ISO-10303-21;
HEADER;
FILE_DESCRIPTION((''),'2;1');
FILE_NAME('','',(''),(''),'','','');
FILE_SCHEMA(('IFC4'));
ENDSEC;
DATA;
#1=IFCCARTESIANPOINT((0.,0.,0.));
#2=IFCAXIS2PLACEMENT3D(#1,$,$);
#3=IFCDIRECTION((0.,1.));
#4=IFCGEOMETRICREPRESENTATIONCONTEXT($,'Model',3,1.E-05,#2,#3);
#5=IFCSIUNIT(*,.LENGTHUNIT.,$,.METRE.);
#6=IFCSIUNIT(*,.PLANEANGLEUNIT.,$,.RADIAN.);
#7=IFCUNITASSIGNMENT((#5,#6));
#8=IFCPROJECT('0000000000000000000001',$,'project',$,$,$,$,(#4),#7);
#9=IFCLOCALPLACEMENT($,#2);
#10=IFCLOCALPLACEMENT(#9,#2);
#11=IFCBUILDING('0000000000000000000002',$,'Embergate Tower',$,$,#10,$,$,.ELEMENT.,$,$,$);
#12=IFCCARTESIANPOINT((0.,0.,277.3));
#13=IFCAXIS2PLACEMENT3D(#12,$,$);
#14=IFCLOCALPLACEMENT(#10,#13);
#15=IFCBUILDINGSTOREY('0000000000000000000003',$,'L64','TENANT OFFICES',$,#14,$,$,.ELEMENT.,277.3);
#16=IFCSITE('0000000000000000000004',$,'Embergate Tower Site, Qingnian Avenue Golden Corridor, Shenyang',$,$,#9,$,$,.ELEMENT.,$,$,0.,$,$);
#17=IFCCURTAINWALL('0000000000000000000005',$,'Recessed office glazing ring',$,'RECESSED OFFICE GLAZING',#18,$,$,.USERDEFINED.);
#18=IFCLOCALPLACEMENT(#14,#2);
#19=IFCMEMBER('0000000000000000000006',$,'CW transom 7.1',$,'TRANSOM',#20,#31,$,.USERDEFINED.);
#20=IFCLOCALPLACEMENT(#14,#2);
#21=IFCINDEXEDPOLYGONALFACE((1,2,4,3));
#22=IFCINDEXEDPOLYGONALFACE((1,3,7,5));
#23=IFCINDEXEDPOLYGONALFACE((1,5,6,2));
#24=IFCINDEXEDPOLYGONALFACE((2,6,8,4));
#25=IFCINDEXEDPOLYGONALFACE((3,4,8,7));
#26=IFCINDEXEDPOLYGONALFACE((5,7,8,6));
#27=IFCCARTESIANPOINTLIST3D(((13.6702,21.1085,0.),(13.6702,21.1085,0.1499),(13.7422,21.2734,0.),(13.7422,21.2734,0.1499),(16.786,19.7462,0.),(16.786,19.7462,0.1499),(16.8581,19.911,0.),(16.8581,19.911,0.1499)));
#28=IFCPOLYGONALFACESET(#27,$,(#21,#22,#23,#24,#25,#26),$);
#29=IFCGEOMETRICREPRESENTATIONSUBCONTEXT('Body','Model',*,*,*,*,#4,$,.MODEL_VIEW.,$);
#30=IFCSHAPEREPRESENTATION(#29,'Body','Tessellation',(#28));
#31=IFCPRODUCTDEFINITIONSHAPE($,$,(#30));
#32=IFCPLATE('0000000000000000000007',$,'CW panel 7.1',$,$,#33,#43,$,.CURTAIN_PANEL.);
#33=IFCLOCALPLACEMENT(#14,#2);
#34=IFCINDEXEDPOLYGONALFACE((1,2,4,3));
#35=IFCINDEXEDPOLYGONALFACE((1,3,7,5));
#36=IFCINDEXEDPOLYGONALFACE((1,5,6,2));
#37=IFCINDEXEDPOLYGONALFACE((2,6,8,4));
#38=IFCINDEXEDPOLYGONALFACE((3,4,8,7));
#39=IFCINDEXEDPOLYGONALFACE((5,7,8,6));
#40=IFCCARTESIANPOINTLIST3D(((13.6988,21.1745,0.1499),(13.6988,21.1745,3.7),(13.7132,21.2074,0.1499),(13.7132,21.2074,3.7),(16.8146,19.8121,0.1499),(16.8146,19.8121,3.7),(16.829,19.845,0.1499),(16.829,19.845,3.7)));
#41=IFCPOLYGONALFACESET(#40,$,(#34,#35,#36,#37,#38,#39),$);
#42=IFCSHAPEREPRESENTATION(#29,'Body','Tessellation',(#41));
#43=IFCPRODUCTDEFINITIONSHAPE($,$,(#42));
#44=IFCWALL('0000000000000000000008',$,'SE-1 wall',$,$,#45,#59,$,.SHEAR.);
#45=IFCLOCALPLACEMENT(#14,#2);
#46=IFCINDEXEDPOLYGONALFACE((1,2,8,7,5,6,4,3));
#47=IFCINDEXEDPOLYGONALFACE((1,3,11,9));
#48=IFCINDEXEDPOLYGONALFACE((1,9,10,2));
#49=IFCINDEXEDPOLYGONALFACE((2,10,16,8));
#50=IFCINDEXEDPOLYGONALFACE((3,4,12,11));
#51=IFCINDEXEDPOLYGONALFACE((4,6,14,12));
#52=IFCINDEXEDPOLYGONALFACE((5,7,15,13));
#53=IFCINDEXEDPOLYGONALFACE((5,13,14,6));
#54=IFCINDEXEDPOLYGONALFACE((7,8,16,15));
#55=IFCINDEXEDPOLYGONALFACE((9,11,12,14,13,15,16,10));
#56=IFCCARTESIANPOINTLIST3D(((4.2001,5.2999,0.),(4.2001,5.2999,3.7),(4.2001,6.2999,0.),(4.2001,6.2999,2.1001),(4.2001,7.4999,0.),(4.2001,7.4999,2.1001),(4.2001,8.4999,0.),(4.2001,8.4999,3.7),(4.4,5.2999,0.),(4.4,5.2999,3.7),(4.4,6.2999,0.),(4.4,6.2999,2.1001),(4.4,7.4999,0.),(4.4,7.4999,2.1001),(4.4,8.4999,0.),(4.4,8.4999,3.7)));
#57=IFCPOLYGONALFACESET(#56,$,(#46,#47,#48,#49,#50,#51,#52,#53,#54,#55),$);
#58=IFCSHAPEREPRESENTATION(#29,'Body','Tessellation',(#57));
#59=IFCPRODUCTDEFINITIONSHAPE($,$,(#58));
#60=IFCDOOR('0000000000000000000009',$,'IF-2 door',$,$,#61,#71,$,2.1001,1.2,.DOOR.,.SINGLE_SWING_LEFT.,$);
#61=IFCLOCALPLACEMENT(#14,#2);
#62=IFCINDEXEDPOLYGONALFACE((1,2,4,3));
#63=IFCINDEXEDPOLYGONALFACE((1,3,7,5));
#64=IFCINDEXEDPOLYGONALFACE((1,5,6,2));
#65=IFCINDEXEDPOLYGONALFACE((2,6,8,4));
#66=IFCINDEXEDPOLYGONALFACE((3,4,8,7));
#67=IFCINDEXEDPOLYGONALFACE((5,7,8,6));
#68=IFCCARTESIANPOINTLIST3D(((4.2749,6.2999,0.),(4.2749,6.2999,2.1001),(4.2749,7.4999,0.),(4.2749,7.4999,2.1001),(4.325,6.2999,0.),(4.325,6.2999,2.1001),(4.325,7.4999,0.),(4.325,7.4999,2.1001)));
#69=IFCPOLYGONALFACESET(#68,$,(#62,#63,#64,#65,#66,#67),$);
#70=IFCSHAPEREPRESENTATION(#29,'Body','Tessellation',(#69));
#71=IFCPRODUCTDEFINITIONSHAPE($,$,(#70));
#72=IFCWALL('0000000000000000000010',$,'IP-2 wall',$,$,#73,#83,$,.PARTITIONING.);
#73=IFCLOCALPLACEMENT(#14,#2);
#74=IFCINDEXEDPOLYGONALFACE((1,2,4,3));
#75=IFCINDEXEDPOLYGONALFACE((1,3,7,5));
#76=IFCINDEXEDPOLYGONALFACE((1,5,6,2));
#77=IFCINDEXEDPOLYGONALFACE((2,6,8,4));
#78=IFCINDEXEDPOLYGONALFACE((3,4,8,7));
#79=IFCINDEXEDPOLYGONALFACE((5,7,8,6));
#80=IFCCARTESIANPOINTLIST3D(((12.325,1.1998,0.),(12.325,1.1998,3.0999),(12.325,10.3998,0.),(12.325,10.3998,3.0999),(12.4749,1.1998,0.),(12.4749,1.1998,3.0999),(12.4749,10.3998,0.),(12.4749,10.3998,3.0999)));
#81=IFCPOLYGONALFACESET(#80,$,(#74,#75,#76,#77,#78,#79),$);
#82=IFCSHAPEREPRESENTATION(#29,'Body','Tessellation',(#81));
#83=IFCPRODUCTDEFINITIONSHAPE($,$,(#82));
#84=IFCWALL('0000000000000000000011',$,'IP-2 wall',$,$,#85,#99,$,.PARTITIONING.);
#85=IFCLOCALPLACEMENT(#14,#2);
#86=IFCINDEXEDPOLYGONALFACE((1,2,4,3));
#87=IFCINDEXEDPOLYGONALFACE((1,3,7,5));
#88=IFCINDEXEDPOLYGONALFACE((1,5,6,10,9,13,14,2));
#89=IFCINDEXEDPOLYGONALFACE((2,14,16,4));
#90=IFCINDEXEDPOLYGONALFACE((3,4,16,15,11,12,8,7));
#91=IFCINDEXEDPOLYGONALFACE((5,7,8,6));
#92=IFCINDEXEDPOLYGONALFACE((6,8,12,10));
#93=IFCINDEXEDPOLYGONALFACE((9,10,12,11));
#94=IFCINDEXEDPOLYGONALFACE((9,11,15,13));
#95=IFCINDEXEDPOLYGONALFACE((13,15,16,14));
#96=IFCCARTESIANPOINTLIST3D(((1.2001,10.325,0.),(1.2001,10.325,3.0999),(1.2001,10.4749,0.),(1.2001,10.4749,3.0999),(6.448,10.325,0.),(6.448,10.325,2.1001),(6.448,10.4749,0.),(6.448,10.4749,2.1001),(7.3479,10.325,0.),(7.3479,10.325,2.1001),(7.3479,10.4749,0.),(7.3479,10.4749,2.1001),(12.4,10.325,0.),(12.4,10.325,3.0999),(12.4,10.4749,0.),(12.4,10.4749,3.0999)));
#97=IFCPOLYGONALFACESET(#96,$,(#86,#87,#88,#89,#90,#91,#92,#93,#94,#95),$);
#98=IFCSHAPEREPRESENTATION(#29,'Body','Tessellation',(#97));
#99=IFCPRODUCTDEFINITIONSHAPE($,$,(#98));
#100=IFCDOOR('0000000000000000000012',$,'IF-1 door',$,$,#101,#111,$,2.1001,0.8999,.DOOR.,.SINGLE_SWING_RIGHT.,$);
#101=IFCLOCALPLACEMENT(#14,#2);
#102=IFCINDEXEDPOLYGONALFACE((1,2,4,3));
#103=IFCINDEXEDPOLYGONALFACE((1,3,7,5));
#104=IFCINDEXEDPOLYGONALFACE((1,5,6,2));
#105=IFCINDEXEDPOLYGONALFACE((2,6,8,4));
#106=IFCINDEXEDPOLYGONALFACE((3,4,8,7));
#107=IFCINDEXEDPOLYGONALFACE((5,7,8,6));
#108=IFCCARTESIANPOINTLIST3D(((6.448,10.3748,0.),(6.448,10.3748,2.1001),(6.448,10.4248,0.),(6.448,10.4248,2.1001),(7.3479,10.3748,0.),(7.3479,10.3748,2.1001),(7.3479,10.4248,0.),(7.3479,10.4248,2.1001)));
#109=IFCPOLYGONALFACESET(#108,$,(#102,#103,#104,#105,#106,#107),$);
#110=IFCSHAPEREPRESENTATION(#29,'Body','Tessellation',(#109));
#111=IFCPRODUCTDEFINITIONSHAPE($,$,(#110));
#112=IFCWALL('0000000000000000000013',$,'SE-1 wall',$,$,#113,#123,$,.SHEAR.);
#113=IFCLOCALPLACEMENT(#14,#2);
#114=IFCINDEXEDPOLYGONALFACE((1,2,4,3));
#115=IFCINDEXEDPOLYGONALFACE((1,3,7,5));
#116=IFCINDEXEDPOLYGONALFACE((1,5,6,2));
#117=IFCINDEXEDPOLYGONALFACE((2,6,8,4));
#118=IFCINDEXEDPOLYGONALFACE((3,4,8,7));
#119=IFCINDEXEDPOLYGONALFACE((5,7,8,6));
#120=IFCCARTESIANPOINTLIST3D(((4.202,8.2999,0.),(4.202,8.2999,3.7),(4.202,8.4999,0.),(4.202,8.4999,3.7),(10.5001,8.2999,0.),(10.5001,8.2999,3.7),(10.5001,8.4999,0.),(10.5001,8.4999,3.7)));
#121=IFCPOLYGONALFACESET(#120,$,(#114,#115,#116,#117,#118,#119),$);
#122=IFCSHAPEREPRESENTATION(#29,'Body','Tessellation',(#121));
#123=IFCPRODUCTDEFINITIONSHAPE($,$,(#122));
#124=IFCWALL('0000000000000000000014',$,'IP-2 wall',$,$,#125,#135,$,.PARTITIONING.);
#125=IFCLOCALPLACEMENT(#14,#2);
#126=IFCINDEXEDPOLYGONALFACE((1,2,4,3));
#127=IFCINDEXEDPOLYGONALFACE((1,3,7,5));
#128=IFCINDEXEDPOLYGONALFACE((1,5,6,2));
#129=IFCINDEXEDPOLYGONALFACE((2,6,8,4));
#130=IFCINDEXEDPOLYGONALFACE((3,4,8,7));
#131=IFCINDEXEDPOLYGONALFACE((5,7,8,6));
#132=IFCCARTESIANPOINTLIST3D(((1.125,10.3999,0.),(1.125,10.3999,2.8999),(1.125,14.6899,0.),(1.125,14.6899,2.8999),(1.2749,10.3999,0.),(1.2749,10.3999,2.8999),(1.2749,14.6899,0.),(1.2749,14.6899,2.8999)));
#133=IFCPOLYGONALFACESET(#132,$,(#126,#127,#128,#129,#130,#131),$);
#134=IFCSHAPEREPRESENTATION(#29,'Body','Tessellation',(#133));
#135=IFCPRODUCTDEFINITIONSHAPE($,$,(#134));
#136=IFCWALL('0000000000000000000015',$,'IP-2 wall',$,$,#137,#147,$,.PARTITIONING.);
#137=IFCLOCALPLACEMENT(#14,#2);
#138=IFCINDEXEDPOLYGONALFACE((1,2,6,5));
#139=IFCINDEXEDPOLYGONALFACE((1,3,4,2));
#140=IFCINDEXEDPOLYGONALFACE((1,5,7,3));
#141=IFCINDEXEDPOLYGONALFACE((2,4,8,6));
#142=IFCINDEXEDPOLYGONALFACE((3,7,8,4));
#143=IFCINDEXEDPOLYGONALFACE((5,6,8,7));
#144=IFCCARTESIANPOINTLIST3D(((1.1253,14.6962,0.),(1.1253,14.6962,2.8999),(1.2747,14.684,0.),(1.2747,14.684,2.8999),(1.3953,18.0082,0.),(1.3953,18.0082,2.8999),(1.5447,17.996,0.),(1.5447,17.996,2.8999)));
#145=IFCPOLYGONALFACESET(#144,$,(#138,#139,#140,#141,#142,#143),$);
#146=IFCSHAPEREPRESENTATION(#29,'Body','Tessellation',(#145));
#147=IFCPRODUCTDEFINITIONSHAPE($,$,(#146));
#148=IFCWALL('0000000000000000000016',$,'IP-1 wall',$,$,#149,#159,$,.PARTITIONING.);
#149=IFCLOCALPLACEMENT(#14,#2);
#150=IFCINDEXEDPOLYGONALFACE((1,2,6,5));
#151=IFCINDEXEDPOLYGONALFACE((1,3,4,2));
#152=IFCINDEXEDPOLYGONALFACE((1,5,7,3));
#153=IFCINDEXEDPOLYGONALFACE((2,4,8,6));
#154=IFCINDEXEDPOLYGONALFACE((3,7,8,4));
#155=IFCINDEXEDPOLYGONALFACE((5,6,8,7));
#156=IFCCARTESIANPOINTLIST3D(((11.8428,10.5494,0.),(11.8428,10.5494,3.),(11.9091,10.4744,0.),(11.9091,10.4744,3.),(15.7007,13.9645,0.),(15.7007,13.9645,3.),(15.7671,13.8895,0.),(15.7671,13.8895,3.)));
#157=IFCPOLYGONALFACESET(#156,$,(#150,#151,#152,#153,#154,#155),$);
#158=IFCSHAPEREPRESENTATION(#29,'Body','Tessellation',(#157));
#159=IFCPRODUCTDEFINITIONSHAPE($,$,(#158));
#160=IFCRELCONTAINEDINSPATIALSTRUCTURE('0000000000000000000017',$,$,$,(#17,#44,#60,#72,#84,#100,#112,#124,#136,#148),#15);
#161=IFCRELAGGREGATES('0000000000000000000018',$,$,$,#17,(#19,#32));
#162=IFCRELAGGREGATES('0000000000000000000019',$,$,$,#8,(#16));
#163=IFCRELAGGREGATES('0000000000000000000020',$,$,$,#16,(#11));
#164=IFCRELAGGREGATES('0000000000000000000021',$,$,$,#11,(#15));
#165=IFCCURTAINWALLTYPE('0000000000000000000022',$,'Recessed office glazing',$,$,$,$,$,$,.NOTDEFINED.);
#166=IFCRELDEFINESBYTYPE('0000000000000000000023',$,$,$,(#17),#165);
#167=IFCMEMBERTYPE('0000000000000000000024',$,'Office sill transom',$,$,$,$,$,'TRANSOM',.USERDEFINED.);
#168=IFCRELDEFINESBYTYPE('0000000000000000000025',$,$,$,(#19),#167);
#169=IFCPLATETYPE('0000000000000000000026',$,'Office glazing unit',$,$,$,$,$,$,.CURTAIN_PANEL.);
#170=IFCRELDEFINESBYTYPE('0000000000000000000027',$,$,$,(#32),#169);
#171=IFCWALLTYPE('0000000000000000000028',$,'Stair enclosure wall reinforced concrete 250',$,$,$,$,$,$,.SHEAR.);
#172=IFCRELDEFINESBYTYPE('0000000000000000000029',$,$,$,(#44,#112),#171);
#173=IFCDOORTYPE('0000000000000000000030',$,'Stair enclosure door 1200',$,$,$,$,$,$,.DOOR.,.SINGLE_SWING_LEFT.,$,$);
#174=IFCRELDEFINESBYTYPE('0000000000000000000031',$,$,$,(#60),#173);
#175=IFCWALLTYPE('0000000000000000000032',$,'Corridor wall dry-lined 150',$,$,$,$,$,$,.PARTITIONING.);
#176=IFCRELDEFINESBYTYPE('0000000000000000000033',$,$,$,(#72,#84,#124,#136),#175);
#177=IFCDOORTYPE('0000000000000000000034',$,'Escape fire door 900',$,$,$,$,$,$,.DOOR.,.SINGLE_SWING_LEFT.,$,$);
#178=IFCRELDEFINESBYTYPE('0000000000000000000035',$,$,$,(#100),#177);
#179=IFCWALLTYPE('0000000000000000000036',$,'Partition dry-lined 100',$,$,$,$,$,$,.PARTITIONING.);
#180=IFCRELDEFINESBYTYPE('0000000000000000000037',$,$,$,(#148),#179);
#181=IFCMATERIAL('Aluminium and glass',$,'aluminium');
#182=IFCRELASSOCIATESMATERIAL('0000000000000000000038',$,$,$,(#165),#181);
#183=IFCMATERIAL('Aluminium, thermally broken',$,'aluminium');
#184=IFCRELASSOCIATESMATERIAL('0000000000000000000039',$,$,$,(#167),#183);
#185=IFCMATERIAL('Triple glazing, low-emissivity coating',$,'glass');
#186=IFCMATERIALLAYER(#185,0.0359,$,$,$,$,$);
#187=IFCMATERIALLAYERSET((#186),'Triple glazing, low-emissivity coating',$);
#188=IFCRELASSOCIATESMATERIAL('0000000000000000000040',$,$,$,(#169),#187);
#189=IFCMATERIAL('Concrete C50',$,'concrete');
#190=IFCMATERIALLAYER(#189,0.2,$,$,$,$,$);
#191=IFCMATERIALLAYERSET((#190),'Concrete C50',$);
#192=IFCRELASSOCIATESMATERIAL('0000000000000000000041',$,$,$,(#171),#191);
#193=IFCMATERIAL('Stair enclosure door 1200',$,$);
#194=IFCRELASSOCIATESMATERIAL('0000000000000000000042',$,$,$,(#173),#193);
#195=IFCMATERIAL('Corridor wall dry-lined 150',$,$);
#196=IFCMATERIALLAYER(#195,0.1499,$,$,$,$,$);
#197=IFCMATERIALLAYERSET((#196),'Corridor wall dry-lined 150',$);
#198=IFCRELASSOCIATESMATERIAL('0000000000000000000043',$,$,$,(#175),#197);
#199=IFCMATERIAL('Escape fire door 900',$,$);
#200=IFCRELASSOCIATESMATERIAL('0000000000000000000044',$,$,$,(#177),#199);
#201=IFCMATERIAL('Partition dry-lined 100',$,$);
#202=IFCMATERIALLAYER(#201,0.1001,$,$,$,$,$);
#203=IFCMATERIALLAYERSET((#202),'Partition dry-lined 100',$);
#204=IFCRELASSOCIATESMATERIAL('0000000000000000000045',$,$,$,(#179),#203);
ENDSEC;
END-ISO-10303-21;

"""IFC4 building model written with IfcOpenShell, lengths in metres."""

from ifc_helpers import new_model, si_unit, direction, frame, frame_2d, origin, origin_2d, place, context, subcontext, project, spatial, rectangle, extrude, source, transform, mapped, material, layer, layer_set, material_profile, profile_set, type_object, element, fill, aggregate, save


model = new_model("IFC4")

# Units and contexts
model_context = context("Model", 3, precision=1e-05, world=origin(), true_north=direction((0.0, 1.0)))
body_context = subcontext(model_context, "Body", "Model", "MODEL_VIEW")
ifc_project = project(units=[si_unit("LENGTHUNIT", "METRE"), si_unit("PLANEANGLEUNIT", "RADIAN")], contexts=[model_context])

# Site, building, storey
site_placement = place(None, origin())
site = spatial("IfcSite", under=ifc_project, at=site_placement, Name="Embergate Tower Site, Qingnian Avenue Golden Corridor, Shenyang", CompositionType="ELEMENT", RefElevation=0.0)
building_placement = place(site_placement, origin())
building = spatial("IfcBuilding", under=site, at=building_placement, Name="Embergate Tower", CompositionType="ELEMENT")
storey_placement = place(building_placement, frame((0.0, 0.0, 277.3)))
storey = spatial("IfcBuildingStorey", under=building, at=storey_placement, Name="L64", Description="TENANT OFFICES", CompositionType="ELEMENT", Elevation=277.3)

# Curtain wall, member, plate
ifc_material_1 = material(Name="Aluminium and glass", Category="aluminium")
curtain_wall_type = type_object("IfcCurtainWallType", Name="Recessed office glazing", PredefinedType="NOTDEFINED", material=ifc_material_1)
curtain_wall_placement = place(storey_placement, origin())
curtain_wall = element("IfcCurtainWall", 1, at=curtain_wall_placement, inside=storey, type_object=curtain_wall_type, Name="Recessed office glazing ring", ObjectType="RECESSED OFFICE GLAZING", PredefinedType="USERDEFINED")
ifc_material_2 = material(Name="Aluminium, thermally broken", Category="aluminium")
ifc_material_profile = material_profile(ifc_material_2, rectangle(XDim=0.1799, YDim=0.1499, at=origin_2d()), Name="AL 150x180")
ifc_profile_set = profile_set([ifc_material_profile], Name="Aluminium, thermally broken")
member_type = type_object("IfcMemberType", Name="Office sill transom", ElementType="TRANSOM", PredefinedType="USERDEFINED", material=ifc_profile_set)
shared_shape_1 = source(origin(), body_context, "Body", "SweptSolid", [
    extrude(rectangle(XDim=0.1799, YDim=0.1499, at=origin_2d()), origin(), (0.0, 0.0, 1.0), 3.4006),
])
member_placement = place(storey_placement, frame((16.822, 19.8286, 0.075), z_axis=(-0.916246, 0.400615, 0.0), x_axis=(-0.400615, -0.916246, 0.0)))
member = element("IfcMember", 2, at=member_placement, type_object=member_type, Name="CW transom 7.1", ObjectType="TRANSOM", PredefinedType="USERDEFINED", context=body_context, shape_type="MappedRepresentation", body=[
    mapped(shared_shape_1, transform((0.0, 0.0, 0.0))),
])
ifc_material_3 = material(Name="Triple glazing, low-emissivity coating", Category="glass")
ifc_layer_1 = layer(ifc_material_3, 0.0359)
ifc_layer_set_1 = layer_set([ifc_layer_1], Name="Triple glazing, low-emissivity coating")
plate_type = type_object("IfcPlateType", Name="Office glazing unit", PredefinedType="CURTAIN_PANEL", material=ifc_layer_set_1)
shared_shape_2 = source(origin(), body_context, "Body", "SweptSolid", [
    extrude(rectangle(XDim=3.4006, YDim=0.0359, at=origin_2d()), origin(), (0.0, 0.0, 1.0), 3.55),
])
plate_placement = place(storey_placement, frame((15.2639, 20.5098, 0.1499), z_axis=(0.0, 0.0, 1.0), x_axis=(-0.916237, 0.400637, 0.0)))
plate = element("IfcPlate", 3, at=plate_placement, type_object=plate_type, Name="CW panel 7.1", PredefinedType="CURTAIN_PANEL", context=body_context, shape_type="MappedRepresentation", body=[
    mapped(shared_shape_2, transform((0.0, 0.0, 0.0))),
])
aggregate(curtain_wall, [member, plate])

# Wall, opening, door
ifc_material_4 = material(Name="Concrete C50", Category="concrete")
ifc_layer_2 = layer(ifc_material_4, 0.2)
ifc_layer_set_2 = layer_set([ifc_layer_2], Name="Concrete C50")
wall_type_1 = type_object("IfcWallType", Name="Stair enclosure wall reinforced concrete 250", PredefinedType="SHEAR", material=ifc_layer_set_2)
shared_shape_3 = source(origin(), body_context, "Body", "SweptSolid", [
    extrude(rectangle(XDim=3.2, YDim=0.2, at=frame_2d((1.6001, 0.0))), origin(), (0.0, 0.0, 1.0), 3.7),
])
wall_1_placement = place(storey_placement, frame((4.3, 8.5, 0.0), z_axis=(0.0, 0.0, 1.0), x_axis=(0.0, -1.0, 0.0)))
wall_1 = element("IfcWall", 4, at=wall_1_placement, inside=storey, type_object=wall_type_1, Name="SE-1 wall", PredefinedType="SHEAR", context=body_context, shape_type="MappedRepresentation", body=[
    mapped(shared_shape_3, transform((0.0, 0.0, 0.0))),
])
shared_shape_4 = source(origin(), body_context, "Body", "SweptSolid", [
    extrude(rectangle(XDim=1.2, YDim=2.1001, at=frame_2d((0.6001, 1.05))), frame((0.0, 0.1099, 0.0), z_axis=(0.0, -1.0, 0.0), x_axis=(1.0, 0.0, 0.0)), (0.0, 0.0, 1.0), 0.22),
])
opening_1_placement = place(wall_1_placement, frame((1.0, 0.0, 0.0)))
opening_1 = element("IfcOpeningElement", 5, at=opening_1_placement, cuts=wall_1, PredefinedType="OPENING", context=body_context, shape_type="MappedRepresentation", body=[
    mapped(shared_shape_4, transform((0.0, 0.0, 0.0))),
])
ifc_material_5 = material(Name="Stair enclosure door 1200")
door_type_1 = type_object("IfcDoorType", Name="Stair enclosure door 1200", OperationType="SINGLE_SWING_LEFT", PredefinedType="DOOR", material=ifc_material_5)
shared_shape_5 = source(origin(), body_context, "Body", "SweptSolid", [
    extrude(rectangle(XDim=1.2, YDim=2.1001, at=frame_2d((0.6001, 1.05))), frame((0.0, 0.0249, 0.0), z_axis=(0.0, -1.0, 0.0), x_axis=(1.0, 0.0, 0.0)), (0.0, 0.0, 1.0), 0.05),
])
door_1_placement = place(opening_1_placement, origin())
door_1 = element("IfcDoor", 6, at=door_1_placement, inside=storey, type_object=door_type_1, Name="IF-2 door", OperationType="SINGLE_SWING_LEFT", OverallHeight=2.1001, OverallWidth=1.2, PredefinedType="DOOR", context=body_context, shape_type="MappedRepresentation", body=[
    mapped(shared_shape_5, transform((0.0, 0.0, 0.0))),
])
fill(opening_1, door_1)

# Wall
ifc_material_6 = material(Name="Corridor wall dry-lined 150")
ifc_layer_3 = layer(ifc_material_6, 0.1499)
ifc_layer_set_3 = layer_set([ifc_layer_3], Name="Corridor wall dry-lined 150")
wall_type_2 = type_object("IfcWallType", Name="Corridor wall dry-lined 150", PredefinedType="PARTITIONING", material=ifc_layer_set_3)
shared_shape_6 = source(origin(), body_context, "Body", "SweptSolid", [
    extrude(rectangle(XDim=9.2, YDim=0.1499, at=frame_2d((4.6001, 0.0))), origin(), (0.0, 0.0, 1.0), 3.0999),
])
wall_2_placement = place(storey_placement, frame((12.3999, 10.3999, 0.0), z_axis=(0.0, 0.0, 1.0), x_axis=(0.0, -1.0, 0.0)))
element("IfcWall", 7, at=wall_2_placement, inside=storey, type_object=wall_type_2, Name="IP-2 wall", PredefinedType="PARTITIONING", context=body_context, shape_type="MappedRepresentation", body=[
    mapped(shared_shape_6, transform((0.0, 0.0, 0.0))),
])

# Wall, opening, door
shared_shape_7 = source(origin(), body_context, "Body", "SweptSolid", [
    extrude(rectangle(XDim=11.2, YDim=0.1499, at=frame_2d((5.6001, 0.0))), origin(), (0.0, 0.0, 1.0), 3.0999),
])
wall_3_placement = place(storey_placement, frame((1.2, 10.3999, 0.0), z_axis=(0.0, 0.0, 1.0), x_axis=(1.0, 0.0, 0.0)))
wall_3 = element("IfcWall", 8, at=wall_3_placement, inside=storey, type_object=wall_type_2, Name="IP-2 wall", PredefinedType="PARTITIONING", context=body_context, shape_type="MappedRepresentation", body=[
    mapped(shared_shape_7, transform((0.0, 0.0, 0.0))),
])
shared_shape_8 = source(origin(), body_context, "Body", "SweptSolid", [
    extrude(rectangle(XDim=0.8999, YDim=2.1001, at=frame_2d((0.45, 1.05))), frame((0.0, 0.085, 0.0), z_axis=(0.0, -1.0, 0.0), x_axis=(1.0, 0.0, 0.0)), (0.0, 0.0, 1.0), 0.1699),
])
opening_2_placement = place(wall_3_placement, frame((5.248, 0.0, 0.0)))
opening_2 = element("IfcOpeningElement", 9, at=opening_2_placement, cuts=wall_3, PredefinedType="OPENING", context=body_context, shape_type="MappedRepresentation", body=[
    mapped(shared_shape_8, transform((0.0, 0.0, 0.0))),
])
ifc_material_7 = material(Name="Escape fire door 900")
door_type_2 = type_object("IfcDoorType", Name="Escape fire door 900", OperationType="SINGLE_SWING_LEFT", PredefinedType="DOOR", material=ifc_material_7)
shared_shape_9 = source(origin(), body_context, "Body", "SweptSolid", [
    extrude(rectangle(XDim=0.8999, YDim=2.1001, at=frame_2d((0.45, 1.05))), frame((0.0, 0.0249, 0.0), z_axis=(0.0, -1.0, 0.0), x_axis=(1.0, 0.0, 0.0)), (0.0, 0.0, 1.0), 0.05),
])
door_2_placement = place(opening_2_placement, origin())
door_2 = element("IfcDoor", 10, at=door_2_placement, inside=storey, type_object=door_type_2, Name="IF-1 door", OperationType="SINGLE_SWING_RIGHT", OverallHeight=2.1001, OverallWidth=0.8999, PredefinedType="DOOR", context=body_context, shape_type="MappedRepresentation", body=[
    mapped(shared_shape_9, transform((0.0, 0.0, 0.0))),
])
fill(opening_2, door_2)

# Walls
shared_shape_10 = source(origin(), body_context, "Body", "SweptSolid", [
    extrude(rectangle(XDim=6.2981, YDim=0.2, at=frame_2d((3.1489, 0.0))), origin(), (0.0, 0.0, 1.0), 3.7),
])
wall_4_placement = place(storey_placement, frame((10.5, 8.3999, 0.0), z_axis=(0.0, 0.0, 1.0), x_axis=(-1.0, 0.0, 0.0)))
element("IfcWall", 11, at=wall_4_placement, inside=storey, type_object=wall_type_1, Name="SE-1 wall", PredefinedType="SHEAR", context=body_context, shape_type="MappedRepresentation", body=[
    mapped(shared_shape_10, transform((0.0, 0.0, 0.0))),
])
shared_shape_11 = source(origin(), body_context, "Body", "SweptSolid", [
    extrude(rectangle(XDim=4.29, YDim=0.1499, at=frame_2d((2.145, 0.0))), origin(), (0.0, 0.0, 1.0), 2.8999),
])
wall_5_placement = place(storey_placement, frame((1.2, 10.3999, 0.0), z_axis=(0.0, 0.0, 1.0), x_axis=(0.0, 1.0, 0.0)))
element("IfcWall", 12, at=wall_5_placement, inside=storey, type_object=wall_type_2, Name="IP-2 wall", PredefinedType="PARTITIONING", context=body_context, shape_type="MappedRepresentation", body=[
    mapped(shared_shape_11, transform((0.0, 0.0, 0.0))),
])
shared_shape_12 = source(origin(), body_context, "Body", "SweptSolid", [
    extrude(rectangle(XDim=3.323, YDim=0.1499, at=frame_2d((1.6616, 0.0))), origin(), (0.0, 0.0, 1.0), 2.8999),
])
wall_6_placement = place(storey_placement, frame((1.2, 14.6899, 0.0), z_axis=(0.0, 0.0, 1.0), x_axis=(0.081258, 0.996693, 0.0)))
element("IfcWall", 13, at=wall_6_placement, inside=storey, type_object=wall_type_2, Name="IP-2 wall", PredefinedType="PARTITIONING", context=body_context, shape_type="MappedRepresentation", body=[
    mapped(shared_shape_12, transform((0.0, 0.0, 0.0))),
])
ifc_material_8 = material(Name="Partition dry-lined 100")
ifc_layer_4 = layer(ifc_material_8, 0.1001)
ifc_layer_set_4 = layer_set([ifc_layer_4], Name="Partition dry-lined 100")
wall_type_3 = type_object("IfcWallType", Name="Partition dry-lined 100", PredefinedType="PARTITIONING", material=ifc_layer_set_4)
shared_shape_13 = source(origin(), body_context, "Body", "SweptSolid", [
    extrude(rectangle(XDim=5.1523, YDim=0.1001, at=frame_2d((2.5762, 0.0))), origin(), (0.0, 0.0, 1.0), 3.0),
])
wall_7_placement = place(storey_placement, frame((15.7339, 13.927, 0.0), z_axis=(0.0, 0.0, 1.0), x_axis=(-0.748778, -0.662821, 0.0)))
element("IfcWall", 14, at=wall_7_placement, inside=storey, type_object=wall_type_3, Name="IP-1 wall", PredefinedType="PARTITIONING", context=body_context, shape_type="MappedRepresentation", body=[
    mapped(shared_shape_13, transform((0.0, 0.0, 0.0))),
])

save(model, "model.ifc")
